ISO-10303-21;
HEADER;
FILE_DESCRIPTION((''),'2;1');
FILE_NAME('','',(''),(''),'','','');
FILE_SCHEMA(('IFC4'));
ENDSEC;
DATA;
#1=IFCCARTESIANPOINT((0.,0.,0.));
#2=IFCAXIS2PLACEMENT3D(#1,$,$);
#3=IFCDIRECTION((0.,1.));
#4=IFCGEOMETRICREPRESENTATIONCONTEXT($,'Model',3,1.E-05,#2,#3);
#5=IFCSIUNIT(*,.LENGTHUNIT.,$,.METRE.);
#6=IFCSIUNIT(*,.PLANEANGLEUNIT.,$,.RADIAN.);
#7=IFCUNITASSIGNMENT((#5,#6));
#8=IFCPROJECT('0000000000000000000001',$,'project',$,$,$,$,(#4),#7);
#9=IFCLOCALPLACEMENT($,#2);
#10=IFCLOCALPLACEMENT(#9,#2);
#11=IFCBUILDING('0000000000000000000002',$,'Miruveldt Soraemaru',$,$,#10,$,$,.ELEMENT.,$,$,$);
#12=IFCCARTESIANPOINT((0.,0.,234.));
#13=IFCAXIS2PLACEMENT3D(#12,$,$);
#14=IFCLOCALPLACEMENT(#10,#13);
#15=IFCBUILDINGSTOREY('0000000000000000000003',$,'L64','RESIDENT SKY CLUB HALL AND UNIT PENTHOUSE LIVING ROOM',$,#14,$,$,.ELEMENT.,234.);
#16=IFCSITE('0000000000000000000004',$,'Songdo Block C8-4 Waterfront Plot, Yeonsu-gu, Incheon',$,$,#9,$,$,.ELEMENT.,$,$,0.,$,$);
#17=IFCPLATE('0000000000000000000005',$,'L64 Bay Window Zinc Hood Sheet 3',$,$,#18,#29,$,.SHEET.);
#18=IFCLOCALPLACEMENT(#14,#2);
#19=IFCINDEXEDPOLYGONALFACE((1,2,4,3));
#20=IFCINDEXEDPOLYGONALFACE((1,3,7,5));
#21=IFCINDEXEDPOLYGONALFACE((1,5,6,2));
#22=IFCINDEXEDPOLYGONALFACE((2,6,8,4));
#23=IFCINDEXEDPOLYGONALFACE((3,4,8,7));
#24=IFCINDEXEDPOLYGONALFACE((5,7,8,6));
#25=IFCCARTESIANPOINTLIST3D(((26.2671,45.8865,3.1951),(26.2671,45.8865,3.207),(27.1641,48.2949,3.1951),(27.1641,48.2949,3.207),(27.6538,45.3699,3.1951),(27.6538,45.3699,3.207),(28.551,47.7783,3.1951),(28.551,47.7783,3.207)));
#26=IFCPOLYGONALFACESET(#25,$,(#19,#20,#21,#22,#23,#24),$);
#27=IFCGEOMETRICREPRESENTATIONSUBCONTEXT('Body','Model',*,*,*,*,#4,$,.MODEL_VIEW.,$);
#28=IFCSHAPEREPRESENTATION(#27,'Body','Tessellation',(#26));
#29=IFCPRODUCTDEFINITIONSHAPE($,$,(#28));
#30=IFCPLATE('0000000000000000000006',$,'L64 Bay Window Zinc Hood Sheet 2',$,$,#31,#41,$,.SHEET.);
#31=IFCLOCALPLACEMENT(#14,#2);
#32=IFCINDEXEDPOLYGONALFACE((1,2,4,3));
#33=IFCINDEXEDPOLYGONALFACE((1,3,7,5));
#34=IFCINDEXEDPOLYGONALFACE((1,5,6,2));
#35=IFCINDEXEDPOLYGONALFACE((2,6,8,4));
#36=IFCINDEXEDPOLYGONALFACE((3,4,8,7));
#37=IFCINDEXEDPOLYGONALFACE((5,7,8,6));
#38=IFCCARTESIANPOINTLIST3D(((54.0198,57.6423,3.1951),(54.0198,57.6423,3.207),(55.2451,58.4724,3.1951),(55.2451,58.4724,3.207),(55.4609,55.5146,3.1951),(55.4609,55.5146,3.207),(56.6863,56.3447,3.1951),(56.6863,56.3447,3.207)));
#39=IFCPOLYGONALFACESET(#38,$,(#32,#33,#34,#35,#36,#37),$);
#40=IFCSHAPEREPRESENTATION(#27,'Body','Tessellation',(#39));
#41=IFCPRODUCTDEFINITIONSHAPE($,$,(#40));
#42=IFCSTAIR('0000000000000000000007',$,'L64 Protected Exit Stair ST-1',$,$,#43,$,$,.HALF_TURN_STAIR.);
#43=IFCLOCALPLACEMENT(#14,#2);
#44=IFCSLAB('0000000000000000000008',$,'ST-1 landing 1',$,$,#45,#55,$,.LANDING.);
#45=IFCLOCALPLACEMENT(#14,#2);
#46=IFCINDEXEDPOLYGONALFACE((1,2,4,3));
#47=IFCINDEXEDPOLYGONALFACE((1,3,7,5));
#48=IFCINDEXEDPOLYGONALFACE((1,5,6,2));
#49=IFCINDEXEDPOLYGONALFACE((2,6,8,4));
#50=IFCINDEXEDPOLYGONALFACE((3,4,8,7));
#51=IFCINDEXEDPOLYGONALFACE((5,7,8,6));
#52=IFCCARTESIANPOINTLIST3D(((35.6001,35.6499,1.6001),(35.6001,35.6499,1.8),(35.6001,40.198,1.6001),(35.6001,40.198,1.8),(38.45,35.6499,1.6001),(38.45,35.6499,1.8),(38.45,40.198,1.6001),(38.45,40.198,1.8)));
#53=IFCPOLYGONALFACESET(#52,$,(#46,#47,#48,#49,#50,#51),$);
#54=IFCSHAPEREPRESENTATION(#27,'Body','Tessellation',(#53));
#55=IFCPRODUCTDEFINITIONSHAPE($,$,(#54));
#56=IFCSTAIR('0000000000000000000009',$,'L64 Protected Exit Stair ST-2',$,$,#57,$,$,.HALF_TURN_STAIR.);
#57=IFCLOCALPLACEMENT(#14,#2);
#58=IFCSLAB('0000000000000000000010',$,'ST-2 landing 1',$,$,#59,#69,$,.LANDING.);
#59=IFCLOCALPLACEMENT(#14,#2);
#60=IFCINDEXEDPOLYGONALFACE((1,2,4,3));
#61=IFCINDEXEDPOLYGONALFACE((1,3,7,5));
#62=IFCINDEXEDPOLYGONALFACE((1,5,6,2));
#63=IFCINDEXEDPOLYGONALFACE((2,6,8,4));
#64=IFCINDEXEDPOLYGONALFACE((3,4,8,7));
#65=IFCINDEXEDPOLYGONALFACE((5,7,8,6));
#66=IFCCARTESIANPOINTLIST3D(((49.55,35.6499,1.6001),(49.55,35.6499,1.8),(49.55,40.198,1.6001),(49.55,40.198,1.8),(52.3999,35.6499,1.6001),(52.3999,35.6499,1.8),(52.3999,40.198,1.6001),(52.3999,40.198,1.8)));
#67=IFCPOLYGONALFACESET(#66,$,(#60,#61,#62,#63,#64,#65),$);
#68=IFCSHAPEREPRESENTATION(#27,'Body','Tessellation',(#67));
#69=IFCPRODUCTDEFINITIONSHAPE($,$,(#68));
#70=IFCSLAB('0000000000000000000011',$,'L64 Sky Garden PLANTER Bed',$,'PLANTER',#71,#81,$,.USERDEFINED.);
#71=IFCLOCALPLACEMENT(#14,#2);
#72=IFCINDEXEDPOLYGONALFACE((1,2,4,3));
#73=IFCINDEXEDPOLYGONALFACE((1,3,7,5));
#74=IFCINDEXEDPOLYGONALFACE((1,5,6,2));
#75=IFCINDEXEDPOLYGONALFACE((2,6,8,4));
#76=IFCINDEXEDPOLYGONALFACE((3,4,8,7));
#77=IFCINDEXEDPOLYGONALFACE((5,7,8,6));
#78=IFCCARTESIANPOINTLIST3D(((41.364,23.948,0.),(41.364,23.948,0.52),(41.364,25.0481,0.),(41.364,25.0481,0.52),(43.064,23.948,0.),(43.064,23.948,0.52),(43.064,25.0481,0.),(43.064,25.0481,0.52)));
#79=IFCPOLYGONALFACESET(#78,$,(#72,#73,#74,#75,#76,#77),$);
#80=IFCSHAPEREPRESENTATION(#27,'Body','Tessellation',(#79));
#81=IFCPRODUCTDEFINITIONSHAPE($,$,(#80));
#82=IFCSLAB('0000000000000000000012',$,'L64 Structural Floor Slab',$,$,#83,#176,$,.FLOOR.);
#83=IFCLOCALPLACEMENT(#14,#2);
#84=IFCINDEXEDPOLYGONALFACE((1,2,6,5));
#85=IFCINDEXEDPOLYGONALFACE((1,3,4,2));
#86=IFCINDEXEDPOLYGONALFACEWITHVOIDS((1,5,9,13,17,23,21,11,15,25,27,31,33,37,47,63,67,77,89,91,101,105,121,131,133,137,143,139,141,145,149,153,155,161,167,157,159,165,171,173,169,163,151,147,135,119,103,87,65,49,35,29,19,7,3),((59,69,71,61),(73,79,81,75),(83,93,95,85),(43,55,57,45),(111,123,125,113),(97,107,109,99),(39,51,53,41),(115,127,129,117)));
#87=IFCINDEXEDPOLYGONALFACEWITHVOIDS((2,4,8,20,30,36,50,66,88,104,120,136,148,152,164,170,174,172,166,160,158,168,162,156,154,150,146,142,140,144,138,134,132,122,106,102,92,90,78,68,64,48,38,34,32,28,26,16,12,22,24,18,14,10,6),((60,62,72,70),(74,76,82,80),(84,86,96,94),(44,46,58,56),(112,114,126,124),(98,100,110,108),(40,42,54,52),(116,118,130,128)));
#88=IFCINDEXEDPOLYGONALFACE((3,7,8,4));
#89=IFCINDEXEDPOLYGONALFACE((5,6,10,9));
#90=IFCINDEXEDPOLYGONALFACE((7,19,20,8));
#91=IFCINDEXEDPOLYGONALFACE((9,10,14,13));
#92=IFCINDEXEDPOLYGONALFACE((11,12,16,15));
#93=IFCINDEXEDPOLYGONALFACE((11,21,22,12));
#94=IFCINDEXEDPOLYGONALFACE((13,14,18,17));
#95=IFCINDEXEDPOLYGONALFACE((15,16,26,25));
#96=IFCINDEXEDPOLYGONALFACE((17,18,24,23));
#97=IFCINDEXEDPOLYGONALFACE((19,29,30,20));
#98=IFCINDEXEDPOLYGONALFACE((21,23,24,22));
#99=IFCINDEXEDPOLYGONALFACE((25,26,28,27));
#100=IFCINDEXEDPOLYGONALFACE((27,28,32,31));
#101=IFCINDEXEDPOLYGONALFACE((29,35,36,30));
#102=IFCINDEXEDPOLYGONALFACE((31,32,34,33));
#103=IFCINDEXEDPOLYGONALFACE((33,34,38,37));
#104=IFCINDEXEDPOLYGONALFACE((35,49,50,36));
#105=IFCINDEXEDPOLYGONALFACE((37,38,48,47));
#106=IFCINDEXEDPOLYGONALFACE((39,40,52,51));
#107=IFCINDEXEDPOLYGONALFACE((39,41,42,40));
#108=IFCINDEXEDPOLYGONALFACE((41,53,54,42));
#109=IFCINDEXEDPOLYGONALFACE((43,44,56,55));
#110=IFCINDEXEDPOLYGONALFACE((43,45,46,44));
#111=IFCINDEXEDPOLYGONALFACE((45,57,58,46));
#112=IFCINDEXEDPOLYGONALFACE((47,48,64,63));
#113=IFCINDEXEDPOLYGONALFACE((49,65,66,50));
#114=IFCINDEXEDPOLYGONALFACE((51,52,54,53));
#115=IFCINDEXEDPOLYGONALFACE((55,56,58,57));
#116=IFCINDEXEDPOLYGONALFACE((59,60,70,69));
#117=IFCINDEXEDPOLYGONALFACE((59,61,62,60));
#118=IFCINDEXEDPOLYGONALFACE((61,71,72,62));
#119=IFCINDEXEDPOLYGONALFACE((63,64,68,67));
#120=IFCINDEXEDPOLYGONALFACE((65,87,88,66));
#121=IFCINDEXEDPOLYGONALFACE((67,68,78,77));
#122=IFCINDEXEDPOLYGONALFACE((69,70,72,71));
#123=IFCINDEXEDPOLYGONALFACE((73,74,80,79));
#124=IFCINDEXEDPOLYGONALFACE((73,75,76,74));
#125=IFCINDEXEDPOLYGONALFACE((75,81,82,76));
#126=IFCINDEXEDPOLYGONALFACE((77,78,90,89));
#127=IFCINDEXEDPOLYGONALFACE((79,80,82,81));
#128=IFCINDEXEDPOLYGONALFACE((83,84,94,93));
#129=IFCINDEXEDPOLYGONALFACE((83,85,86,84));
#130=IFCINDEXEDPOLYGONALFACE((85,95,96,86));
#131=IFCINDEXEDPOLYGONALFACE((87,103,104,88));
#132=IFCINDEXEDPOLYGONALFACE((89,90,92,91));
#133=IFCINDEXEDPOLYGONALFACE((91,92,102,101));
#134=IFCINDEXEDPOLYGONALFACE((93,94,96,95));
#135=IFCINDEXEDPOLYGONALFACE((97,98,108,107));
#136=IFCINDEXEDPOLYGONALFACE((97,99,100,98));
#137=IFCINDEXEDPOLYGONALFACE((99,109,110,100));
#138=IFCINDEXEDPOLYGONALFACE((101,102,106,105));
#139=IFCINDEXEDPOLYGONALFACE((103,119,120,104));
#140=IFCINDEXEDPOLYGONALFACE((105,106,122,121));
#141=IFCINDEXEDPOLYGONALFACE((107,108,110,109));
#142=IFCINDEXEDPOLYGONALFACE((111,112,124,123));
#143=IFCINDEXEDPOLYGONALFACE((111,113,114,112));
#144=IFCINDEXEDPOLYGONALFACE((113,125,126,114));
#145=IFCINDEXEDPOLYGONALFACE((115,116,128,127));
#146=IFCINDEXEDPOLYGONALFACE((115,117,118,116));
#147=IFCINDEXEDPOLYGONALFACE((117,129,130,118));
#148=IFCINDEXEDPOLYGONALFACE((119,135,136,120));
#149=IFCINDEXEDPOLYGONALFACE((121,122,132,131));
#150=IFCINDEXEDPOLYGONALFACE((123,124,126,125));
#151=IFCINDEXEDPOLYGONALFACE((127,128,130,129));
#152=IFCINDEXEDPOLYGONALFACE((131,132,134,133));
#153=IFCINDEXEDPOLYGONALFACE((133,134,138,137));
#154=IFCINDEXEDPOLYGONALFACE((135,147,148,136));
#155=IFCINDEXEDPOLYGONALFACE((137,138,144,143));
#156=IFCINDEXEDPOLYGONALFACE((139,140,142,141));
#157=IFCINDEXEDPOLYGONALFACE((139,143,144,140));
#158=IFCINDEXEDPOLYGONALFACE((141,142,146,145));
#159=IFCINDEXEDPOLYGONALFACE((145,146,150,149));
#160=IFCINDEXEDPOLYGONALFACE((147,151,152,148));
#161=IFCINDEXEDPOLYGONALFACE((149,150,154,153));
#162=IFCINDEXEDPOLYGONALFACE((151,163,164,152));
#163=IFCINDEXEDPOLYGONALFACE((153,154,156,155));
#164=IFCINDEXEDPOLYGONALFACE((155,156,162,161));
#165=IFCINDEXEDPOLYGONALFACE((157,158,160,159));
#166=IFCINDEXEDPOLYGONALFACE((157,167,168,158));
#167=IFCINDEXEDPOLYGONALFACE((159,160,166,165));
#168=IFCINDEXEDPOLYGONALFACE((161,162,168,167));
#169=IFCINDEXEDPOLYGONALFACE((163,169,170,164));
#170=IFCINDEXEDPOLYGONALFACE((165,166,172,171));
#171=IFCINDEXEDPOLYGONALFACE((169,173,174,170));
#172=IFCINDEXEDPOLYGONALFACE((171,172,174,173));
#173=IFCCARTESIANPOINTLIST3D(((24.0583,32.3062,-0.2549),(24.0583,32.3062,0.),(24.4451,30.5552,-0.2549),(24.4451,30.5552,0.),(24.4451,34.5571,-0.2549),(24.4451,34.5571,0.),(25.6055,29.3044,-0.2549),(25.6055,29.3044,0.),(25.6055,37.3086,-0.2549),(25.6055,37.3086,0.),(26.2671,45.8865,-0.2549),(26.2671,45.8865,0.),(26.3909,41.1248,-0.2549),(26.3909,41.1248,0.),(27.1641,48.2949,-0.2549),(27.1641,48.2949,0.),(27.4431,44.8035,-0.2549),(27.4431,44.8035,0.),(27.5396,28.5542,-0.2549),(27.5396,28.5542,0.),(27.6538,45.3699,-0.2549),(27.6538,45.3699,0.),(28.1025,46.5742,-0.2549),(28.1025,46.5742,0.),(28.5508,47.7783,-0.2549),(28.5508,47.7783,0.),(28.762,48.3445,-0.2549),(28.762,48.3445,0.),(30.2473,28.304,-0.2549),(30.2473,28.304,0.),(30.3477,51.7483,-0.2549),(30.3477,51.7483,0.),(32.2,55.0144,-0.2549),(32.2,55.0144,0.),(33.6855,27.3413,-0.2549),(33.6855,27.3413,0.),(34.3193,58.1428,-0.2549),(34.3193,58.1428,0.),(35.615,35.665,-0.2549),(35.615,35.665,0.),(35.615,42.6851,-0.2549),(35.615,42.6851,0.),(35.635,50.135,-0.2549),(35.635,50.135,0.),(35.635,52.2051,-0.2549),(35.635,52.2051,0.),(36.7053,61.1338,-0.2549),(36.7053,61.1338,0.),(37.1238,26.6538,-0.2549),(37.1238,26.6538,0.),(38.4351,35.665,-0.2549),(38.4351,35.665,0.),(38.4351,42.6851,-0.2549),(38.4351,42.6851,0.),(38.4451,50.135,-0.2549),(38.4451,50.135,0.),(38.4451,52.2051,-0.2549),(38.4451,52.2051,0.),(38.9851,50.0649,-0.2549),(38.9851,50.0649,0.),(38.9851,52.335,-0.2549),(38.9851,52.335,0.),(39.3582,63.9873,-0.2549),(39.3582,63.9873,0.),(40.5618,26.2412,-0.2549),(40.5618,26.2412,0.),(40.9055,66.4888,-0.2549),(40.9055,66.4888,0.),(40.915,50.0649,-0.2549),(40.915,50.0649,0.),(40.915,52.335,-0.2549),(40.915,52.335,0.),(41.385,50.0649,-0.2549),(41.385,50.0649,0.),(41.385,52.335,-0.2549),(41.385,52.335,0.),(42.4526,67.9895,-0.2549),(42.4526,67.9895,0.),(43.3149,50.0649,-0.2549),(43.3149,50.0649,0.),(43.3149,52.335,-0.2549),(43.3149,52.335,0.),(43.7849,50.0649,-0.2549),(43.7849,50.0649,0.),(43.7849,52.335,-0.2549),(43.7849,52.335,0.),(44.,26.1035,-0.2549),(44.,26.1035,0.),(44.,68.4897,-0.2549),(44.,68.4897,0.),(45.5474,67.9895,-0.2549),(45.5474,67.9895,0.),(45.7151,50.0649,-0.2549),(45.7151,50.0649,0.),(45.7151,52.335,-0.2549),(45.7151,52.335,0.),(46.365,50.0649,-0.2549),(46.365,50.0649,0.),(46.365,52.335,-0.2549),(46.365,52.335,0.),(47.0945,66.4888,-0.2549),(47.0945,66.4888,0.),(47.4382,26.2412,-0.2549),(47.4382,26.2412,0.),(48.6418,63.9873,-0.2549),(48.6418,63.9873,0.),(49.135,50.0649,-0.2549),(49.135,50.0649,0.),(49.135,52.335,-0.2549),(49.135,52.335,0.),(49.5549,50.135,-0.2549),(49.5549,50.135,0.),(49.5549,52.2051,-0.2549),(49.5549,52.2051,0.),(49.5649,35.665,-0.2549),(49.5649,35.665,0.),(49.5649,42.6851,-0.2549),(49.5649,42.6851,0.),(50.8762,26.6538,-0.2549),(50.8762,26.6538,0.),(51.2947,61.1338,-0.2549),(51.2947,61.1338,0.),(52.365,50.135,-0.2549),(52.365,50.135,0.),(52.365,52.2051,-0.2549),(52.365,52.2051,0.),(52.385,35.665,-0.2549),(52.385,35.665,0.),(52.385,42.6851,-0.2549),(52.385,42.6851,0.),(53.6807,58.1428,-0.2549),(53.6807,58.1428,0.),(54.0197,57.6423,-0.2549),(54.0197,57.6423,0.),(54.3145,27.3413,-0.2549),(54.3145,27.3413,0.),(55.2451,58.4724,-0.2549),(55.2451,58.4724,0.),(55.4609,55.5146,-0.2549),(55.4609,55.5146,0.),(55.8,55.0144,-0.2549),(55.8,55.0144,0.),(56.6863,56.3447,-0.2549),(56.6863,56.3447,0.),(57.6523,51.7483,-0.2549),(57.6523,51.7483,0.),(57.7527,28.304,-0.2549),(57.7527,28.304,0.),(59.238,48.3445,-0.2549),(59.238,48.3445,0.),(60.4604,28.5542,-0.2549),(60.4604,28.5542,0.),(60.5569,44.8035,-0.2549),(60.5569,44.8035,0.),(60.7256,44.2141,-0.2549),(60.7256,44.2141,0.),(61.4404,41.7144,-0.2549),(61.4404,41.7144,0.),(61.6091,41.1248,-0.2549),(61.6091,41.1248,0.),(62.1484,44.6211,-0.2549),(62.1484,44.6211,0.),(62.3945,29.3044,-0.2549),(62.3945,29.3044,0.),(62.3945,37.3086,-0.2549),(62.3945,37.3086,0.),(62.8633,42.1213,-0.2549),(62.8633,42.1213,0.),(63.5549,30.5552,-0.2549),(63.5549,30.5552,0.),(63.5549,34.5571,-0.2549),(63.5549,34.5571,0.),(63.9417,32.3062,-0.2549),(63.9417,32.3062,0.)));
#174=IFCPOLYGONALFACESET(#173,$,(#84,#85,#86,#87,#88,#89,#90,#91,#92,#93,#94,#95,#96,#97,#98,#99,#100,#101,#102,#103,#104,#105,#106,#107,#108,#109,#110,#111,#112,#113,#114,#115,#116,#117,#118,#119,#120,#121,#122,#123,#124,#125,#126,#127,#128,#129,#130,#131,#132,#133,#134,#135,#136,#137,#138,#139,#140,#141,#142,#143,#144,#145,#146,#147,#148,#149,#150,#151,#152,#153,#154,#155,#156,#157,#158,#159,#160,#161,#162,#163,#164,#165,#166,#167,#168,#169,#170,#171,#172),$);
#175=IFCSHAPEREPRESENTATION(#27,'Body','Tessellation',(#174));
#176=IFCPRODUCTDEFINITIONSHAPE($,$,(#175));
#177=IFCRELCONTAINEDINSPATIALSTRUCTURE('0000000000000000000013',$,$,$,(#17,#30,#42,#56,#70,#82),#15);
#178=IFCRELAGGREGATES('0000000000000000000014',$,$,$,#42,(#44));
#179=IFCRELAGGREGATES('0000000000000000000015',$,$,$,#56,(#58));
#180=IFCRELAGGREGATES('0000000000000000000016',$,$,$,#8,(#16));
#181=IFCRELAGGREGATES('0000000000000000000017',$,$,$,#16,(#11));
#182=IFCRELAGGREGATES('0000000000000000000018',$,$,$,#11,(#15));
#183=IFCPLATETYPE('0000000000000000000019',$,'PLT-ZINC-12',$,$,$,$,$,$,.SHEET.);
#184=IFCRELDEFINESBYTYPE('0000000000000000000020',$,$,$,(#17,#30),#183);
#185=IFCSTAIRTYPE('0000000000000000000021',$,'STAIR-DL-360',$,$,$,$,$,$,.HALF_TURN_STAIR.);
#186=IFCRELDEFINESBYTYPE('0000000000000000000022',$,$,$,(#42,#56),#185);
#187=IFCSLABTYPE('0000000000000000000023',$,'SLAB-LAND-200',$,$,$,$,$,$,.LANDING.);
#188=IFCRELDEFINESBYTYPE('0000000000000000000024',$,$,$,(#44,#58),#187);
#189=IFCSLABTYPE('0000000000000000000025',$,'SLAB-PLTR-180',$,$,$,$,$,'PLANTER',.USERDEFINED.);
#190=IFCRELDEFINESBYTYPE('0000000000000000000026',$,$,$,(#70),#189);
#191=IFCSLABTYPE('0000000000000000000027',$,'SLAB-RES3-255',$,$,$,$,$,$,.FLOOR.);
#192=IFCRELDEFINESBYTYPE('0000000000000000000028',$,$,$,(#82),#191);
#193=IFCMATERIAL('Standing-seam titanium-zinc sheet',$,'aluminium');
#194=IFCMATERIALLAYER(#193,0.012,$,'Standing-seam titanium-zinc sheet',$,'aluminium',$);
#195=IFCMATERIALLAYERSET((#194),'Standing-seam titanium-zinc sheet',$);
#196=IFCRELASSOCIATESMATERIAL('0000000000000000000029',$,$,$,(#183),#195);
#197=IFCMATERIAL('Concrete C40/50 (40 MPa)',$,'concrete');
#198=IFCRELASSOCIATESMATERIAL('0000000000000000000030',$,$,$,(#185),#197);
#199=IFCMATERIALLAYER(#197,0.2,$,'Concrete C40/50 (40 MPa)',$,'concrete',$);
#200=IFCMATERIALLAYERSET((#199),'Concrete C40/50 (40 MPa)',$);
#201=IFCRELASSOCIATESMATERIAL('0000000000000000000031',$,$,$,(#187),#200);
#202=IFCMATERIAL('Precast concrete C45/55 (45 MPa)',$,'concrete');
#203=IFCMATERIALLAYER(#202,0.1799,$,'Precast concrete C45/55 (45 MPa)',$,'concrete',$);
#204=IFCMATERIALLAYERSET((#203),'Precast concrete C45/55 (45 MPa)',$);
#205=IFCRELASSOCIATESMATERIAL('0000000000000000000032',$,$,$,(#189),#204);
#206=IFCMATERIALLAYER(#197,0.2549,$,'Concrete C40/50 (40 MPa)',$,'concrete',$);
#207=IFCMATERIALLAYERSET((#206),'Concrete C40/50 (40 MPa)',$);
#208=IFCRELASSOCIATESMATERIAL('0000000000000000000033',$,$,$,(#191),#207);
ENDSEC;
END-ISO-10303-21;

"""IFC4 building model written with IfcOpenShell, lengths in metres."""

from ifc_helpers import new_model, si_unit, direction, frame, origin, place, context, subcontext, project, spatial, polyline, outline, extrude, material, layer, layer_set, type_object, element, aggregate, save


model = new_model("IFC4")

# Units and contexts
model_context = context("Model", 3, precision=1e-05, world=origin(), true_north=direction((0.0, 1.0)))
body_context = subcontext(model_context, "Body", "Model", "MODEL_VIEW")
ifc_project = project(units=[si_unit("LENGTHUNIT", "METRE"), si_unit("PLANEANGLEUNIT", "RADIAN")], contexts=[model_context])

# Site, building, storey
site_placement = place(None, origin())
site = spatial("IfcSite", under=ifc_project, at=site_placement, Name="Songdo Block C8-4 Waterfront Plot, Yeonsu-gu, Incheon", CompositionType="ELEMENT", RefElevation=0.0)
building_placement = place(site_placement, origin())
building = spatial("IfcBuilding", under=site, at=building_placement, Name="Miruveldt Soraemaru", CompositionType="ELEMENT")
storey_placement = place(building_placement, frame((0.0, 0.0, 234.0)))
storey = spatial("IfcBuildingStorey", under=building, at=storey_placement, Name="L64", Description="RESIDENT SKY CLUB HALL AND UNIT PENTHOUSE LIVING ROOM", CompositionType="ELEMENT", Elevation=234.0)

# Plates
ifc_material_1 = material(Name="Standing-seam titanium-zinc sheet", Category="aluminium")
ifc_layer_1 = layer(ifc_material_1, 0.012, Name="Standing-seam titanium-zinc sheet", Category="aluminium")
ifc_layer_set_1 = layer_set([ifc_layer_1], Name="Standing-seam titanium-zinc sheet")
plate_type = type_object("IfcPlateType", Name="PLT-ZINC-12", PredefinedType="SHEET", material=ifc_layer_set_1)
plate_1_placement = place(storey_placement, frame((0.0, 0.0, 3.1951)))
element("IfcPlate", 1, at=plate_1_placement, inside=storey, type_object=plate_type, Name="L64 Bay Window Zinc Hood Sheet 3", PredefinedType="SHEET", context=body_context, shape_type="SweptSolid", body=[
    extrude(outline(polyline([(28.551, 47.7783), (27.6538, 45.3699), (26.2671, 45.8865), (27.1641, 48.2949), (28.551, 47.7783)])), origin(), (0.0, 0.0, 1.0), 0.012),
])
plate_2_placement = place(storey_placement, frame((0.0, 0.0, 3.1951)))
element("IfcPlate", 2, at=plate_2_placement, inside=storey, type_object=plate_type, Name="L64 Bay Window Zinc Hood Sheet 2", PredefinedType="SHEET", context=body_context, shape_type="SweptSolid", body=[
    extrude(outline(polyline([(55.4609, 55.5146), (54.0198, 57.6423), (55.2451, 58.4724), (56.6863, 56.3447), (55.4609, 55.5146)])), origin(), (0.0, 0.0, 1.0), 0.012),
])

# Stairs, slabs
ifc_material_2 = material(Name="Concrete C40/50 (40 MPa)", Category="concrete")
stair_type = type_object("IfcStairType", Name="STAIR-DL-360", PredefinedType="HALF_TURN_STAIR", material=ifc_material_2)
stair_1_placement = place(storey_placement, origin())
stair_1 = element("IfcStair", 3, at=stair_1_placement, inside=storey, type_object=stair_type, Name="L64 Protected Exit Stair ST-1", PredefinedType="HALF_TURN_STAIR")
ifc_layer_2 = layer(ifc_material_2, 0.2, Name="Concrete C40/50 (40 MPa)", Category="concrete")
ifc_layer_set_2 = layer_set([ifc_layer_2], Name="Concrete C40/50 (40 MPa)")
slab_type_1 = type_object("IfcSlabType", Name="SLAB-LAND-200", PredefinedType="LANDING", material=ifc_layer_set_2)
slab_1_placement = place(storey_placement, frame((0.0, 0.0, 1.6001)))
slab_1 = element("IfcSlab", 4, at=slab_1_placement, type_object=slab_type_1, Name="ST-1 landing 1", PredefinedType="LANDING", context=body_context, shape_type="SweptSolid", body=[
    extrude(outline(polyline([(35.6001, 40.198), (35.6001, 35.6499), (38.45, 35.6499), (38.45, 40.198), (35.6001, 40.198)])), origin(), (0.0, 0.0, 1.0), 0.2),
])
aggregate(stair_1, [slab_1])
stair_2_placement = place(storey_placement, origin())
stair_2 = element("IfcStair", 5, at=stair_2_placement, inside=storey, type_object=stair_type, Name="L64 Protected Exit Stair ST-2", PredefinedType="HALF_TURN_STAIR")
slab_2_placement = place(storey_placement, frame((0.0, 0.0, 1.6001)))
slab_2 = element("IfcSlab", 6, at=slab_2_placement, type_object=slab_type_1, Name="ST-2 landing 1", PredefinedType="LANDING", context=body_context, shape_type="SweptSolid", body=[
    extrude(outline(polyline([(49.55, 40.198), (49.55, 35.6499), (52.3999, 35.6499), (52.3999, 40.198), (49.55, 40.198)])), origin(), (0.0, 0.0, 1.0), 0.2),
])
aggregate(stair_2, [slab_2])

# Slabs
ifc_material_3 = material(Name="Precast concrete C45/55 (45 MPa)", Category="concrete")
ifc_layer_3 = layer(ifc_material_3, 0.1799, Name="Precast concrete C45/55 (45 MPa)", Category="concrete")
ifc_layer_set_3 = layer_set([ifc_layer_3], Name="Precast concrete C45/55 (45 MPa)")
slab_type_2 = type_object("IfcSlabType", Name="SLAB-PLTR-180", ElementType="PLANTER", PredefinedType="USERDEFINED", material=ifc_layer_set_3)
slab_3_placement = place(storey_placement, origin())
element("IfcSlab", 7, at=slab_3_placement, inside=storey, type_object=slab_type_2, Name="L64 Sky Garden PLANTER Bed", ObjectType="PLANTER", PredefinedType="USERDEFINED", context=body_context, shape_type="SweptSolid", body=[
    extrude(outline(polyline([(41.364, 23.948), (43.064, 23.948), (43.064, 25.0481), (41.364, 25.0481), (41.364, 23.948)])), origin(), (0.0, 0.0, 1.0), 0.52),
])
ifc_layer_4 = layer(ifc_material_2, 0.2549, Name="Concrete C40/50 (40 MPa)", Category="concrete")
ifc_layer_set_4 = layer_set([ifc_layer_4], Name="Concrete C40/50 (40 MPa)")
slab_type_3 = type_object("IfcSlabType", Name="SLAB-RES3-255", PredefinedType="FLOOR", material=ifc_layer_set_4)
slab_4_placement = place(storey_placement, frame((0.0, 0.0, -0.2549)))
element("IfcSlab", 8, at=slab_4_placement, inside=storey, type_object=slab_type_3, Name="L64 Structural Floor Slab", PredefinedType="FLOOR", context=body_context, shape_type="SweptSolid", body=[
    extrude(outline(polyline([(62.1484, 44.6211), (62.8633, 42.1213), (61.4404, 41.7144), (61.6091, 41.1248), (62.3945, 37.3086), (63.5549, 34.5571), (63.9417, 32.3062), (63.5549, 30.5552), (62.3945, 29.3044), (60.4604, 28.5542), (57.7527, 28.304), (54.3145, 27.3413), (50.8762, 26.6538), (47.4382, 26.2412), (44.0, 26.1035), (40.5618, 26.2412), (37.1238, 26.6538), (33.6855, 27.3413), (30.2473, 28.304), (27.5396, 28.5542), (25.6055, 29.3044), (24.4451, 30.5552), (24.0583, 32.3062), (24.4451, 34.5571), (25.6055, 37.3086), (26.3909, 41.1248), (27.4431, 44.8035), (28.1025, 46.5742), (27.6538, 45.3699), (26.2671, 45.8865), (27.1641, 48.2949), (28.5508, 47.7783), (28.762, 48.3445), (30.3477, 51.7483), (32.2, 55.0144), (34.3193, 58.1428), (36.7053, 61.1338), (39.3582, 63.9873), (40.9055, 66.4888), (42.4526, 67.9895), (44.0, 68.4897), (45.5474, 67.9895), (47.0945, 66.4888), (48.6418, 63.9873), (51.2947, 61.1338), (53.6807, 58.1428), (54.7402, 56.5786), (54.0198, 57.6423), (55.2451, 58.4724), (56.6863, 56.3447), (55.4609, 55.5146), (55.8, 55.0144), (57.6523, 51.7483), (59.238, 48.3445), (60.5569, 44.8035), (60.7256, 44.2141), (62.1484, 44.6211)]), holes=[polyline([(35.615, 35.665), (38.4351, 35.665), (38.4351, 42.6851), (35.615, 42.6851), (35.615, 35.665)]), polyline([(49.5649, 35.665), (52.385, 35.665), (52.385, 42.6851), (49.5649, 42.6851), (49.5649, 35.665)]), polyline([(38.4451, 50.135), (38.4451, 52.2051), (35.635, 52.2051), (35.635, 50.135), (38.4451, 50.135)]), polyline([(52.365, 50.135), (52.365, 52.2051), (49.5549, 52.2051), (49.5549, 50.135), (52.365, 50.135)]), polyline([(40.915, 50.0649), (40.915, 52.335), (38.9851, 52.335), (38.9851, 50.0649), (40.915, 50.0649)]), polyline([(43.3149, 50.0649), (43.3149, 52.335), (41.385, 52.335), (41.385, 50.0649), (43.3149, 50.0649)]), polyline([(45.7151, 50.0649), (45.7151, 52.335), (43.7849, 52.335), (43.7849, 50.0649), (45.7151, 50.0649)]), polyline([(49.135, 50.0649), (49.135, 52.335), (46.365, 52.335), (46.365, 50.0649), (49.135, 50.0649)])]), origin(), (0.0, 0.0, 1.0), 0.2549),
])

save(model, "model.ifc")
